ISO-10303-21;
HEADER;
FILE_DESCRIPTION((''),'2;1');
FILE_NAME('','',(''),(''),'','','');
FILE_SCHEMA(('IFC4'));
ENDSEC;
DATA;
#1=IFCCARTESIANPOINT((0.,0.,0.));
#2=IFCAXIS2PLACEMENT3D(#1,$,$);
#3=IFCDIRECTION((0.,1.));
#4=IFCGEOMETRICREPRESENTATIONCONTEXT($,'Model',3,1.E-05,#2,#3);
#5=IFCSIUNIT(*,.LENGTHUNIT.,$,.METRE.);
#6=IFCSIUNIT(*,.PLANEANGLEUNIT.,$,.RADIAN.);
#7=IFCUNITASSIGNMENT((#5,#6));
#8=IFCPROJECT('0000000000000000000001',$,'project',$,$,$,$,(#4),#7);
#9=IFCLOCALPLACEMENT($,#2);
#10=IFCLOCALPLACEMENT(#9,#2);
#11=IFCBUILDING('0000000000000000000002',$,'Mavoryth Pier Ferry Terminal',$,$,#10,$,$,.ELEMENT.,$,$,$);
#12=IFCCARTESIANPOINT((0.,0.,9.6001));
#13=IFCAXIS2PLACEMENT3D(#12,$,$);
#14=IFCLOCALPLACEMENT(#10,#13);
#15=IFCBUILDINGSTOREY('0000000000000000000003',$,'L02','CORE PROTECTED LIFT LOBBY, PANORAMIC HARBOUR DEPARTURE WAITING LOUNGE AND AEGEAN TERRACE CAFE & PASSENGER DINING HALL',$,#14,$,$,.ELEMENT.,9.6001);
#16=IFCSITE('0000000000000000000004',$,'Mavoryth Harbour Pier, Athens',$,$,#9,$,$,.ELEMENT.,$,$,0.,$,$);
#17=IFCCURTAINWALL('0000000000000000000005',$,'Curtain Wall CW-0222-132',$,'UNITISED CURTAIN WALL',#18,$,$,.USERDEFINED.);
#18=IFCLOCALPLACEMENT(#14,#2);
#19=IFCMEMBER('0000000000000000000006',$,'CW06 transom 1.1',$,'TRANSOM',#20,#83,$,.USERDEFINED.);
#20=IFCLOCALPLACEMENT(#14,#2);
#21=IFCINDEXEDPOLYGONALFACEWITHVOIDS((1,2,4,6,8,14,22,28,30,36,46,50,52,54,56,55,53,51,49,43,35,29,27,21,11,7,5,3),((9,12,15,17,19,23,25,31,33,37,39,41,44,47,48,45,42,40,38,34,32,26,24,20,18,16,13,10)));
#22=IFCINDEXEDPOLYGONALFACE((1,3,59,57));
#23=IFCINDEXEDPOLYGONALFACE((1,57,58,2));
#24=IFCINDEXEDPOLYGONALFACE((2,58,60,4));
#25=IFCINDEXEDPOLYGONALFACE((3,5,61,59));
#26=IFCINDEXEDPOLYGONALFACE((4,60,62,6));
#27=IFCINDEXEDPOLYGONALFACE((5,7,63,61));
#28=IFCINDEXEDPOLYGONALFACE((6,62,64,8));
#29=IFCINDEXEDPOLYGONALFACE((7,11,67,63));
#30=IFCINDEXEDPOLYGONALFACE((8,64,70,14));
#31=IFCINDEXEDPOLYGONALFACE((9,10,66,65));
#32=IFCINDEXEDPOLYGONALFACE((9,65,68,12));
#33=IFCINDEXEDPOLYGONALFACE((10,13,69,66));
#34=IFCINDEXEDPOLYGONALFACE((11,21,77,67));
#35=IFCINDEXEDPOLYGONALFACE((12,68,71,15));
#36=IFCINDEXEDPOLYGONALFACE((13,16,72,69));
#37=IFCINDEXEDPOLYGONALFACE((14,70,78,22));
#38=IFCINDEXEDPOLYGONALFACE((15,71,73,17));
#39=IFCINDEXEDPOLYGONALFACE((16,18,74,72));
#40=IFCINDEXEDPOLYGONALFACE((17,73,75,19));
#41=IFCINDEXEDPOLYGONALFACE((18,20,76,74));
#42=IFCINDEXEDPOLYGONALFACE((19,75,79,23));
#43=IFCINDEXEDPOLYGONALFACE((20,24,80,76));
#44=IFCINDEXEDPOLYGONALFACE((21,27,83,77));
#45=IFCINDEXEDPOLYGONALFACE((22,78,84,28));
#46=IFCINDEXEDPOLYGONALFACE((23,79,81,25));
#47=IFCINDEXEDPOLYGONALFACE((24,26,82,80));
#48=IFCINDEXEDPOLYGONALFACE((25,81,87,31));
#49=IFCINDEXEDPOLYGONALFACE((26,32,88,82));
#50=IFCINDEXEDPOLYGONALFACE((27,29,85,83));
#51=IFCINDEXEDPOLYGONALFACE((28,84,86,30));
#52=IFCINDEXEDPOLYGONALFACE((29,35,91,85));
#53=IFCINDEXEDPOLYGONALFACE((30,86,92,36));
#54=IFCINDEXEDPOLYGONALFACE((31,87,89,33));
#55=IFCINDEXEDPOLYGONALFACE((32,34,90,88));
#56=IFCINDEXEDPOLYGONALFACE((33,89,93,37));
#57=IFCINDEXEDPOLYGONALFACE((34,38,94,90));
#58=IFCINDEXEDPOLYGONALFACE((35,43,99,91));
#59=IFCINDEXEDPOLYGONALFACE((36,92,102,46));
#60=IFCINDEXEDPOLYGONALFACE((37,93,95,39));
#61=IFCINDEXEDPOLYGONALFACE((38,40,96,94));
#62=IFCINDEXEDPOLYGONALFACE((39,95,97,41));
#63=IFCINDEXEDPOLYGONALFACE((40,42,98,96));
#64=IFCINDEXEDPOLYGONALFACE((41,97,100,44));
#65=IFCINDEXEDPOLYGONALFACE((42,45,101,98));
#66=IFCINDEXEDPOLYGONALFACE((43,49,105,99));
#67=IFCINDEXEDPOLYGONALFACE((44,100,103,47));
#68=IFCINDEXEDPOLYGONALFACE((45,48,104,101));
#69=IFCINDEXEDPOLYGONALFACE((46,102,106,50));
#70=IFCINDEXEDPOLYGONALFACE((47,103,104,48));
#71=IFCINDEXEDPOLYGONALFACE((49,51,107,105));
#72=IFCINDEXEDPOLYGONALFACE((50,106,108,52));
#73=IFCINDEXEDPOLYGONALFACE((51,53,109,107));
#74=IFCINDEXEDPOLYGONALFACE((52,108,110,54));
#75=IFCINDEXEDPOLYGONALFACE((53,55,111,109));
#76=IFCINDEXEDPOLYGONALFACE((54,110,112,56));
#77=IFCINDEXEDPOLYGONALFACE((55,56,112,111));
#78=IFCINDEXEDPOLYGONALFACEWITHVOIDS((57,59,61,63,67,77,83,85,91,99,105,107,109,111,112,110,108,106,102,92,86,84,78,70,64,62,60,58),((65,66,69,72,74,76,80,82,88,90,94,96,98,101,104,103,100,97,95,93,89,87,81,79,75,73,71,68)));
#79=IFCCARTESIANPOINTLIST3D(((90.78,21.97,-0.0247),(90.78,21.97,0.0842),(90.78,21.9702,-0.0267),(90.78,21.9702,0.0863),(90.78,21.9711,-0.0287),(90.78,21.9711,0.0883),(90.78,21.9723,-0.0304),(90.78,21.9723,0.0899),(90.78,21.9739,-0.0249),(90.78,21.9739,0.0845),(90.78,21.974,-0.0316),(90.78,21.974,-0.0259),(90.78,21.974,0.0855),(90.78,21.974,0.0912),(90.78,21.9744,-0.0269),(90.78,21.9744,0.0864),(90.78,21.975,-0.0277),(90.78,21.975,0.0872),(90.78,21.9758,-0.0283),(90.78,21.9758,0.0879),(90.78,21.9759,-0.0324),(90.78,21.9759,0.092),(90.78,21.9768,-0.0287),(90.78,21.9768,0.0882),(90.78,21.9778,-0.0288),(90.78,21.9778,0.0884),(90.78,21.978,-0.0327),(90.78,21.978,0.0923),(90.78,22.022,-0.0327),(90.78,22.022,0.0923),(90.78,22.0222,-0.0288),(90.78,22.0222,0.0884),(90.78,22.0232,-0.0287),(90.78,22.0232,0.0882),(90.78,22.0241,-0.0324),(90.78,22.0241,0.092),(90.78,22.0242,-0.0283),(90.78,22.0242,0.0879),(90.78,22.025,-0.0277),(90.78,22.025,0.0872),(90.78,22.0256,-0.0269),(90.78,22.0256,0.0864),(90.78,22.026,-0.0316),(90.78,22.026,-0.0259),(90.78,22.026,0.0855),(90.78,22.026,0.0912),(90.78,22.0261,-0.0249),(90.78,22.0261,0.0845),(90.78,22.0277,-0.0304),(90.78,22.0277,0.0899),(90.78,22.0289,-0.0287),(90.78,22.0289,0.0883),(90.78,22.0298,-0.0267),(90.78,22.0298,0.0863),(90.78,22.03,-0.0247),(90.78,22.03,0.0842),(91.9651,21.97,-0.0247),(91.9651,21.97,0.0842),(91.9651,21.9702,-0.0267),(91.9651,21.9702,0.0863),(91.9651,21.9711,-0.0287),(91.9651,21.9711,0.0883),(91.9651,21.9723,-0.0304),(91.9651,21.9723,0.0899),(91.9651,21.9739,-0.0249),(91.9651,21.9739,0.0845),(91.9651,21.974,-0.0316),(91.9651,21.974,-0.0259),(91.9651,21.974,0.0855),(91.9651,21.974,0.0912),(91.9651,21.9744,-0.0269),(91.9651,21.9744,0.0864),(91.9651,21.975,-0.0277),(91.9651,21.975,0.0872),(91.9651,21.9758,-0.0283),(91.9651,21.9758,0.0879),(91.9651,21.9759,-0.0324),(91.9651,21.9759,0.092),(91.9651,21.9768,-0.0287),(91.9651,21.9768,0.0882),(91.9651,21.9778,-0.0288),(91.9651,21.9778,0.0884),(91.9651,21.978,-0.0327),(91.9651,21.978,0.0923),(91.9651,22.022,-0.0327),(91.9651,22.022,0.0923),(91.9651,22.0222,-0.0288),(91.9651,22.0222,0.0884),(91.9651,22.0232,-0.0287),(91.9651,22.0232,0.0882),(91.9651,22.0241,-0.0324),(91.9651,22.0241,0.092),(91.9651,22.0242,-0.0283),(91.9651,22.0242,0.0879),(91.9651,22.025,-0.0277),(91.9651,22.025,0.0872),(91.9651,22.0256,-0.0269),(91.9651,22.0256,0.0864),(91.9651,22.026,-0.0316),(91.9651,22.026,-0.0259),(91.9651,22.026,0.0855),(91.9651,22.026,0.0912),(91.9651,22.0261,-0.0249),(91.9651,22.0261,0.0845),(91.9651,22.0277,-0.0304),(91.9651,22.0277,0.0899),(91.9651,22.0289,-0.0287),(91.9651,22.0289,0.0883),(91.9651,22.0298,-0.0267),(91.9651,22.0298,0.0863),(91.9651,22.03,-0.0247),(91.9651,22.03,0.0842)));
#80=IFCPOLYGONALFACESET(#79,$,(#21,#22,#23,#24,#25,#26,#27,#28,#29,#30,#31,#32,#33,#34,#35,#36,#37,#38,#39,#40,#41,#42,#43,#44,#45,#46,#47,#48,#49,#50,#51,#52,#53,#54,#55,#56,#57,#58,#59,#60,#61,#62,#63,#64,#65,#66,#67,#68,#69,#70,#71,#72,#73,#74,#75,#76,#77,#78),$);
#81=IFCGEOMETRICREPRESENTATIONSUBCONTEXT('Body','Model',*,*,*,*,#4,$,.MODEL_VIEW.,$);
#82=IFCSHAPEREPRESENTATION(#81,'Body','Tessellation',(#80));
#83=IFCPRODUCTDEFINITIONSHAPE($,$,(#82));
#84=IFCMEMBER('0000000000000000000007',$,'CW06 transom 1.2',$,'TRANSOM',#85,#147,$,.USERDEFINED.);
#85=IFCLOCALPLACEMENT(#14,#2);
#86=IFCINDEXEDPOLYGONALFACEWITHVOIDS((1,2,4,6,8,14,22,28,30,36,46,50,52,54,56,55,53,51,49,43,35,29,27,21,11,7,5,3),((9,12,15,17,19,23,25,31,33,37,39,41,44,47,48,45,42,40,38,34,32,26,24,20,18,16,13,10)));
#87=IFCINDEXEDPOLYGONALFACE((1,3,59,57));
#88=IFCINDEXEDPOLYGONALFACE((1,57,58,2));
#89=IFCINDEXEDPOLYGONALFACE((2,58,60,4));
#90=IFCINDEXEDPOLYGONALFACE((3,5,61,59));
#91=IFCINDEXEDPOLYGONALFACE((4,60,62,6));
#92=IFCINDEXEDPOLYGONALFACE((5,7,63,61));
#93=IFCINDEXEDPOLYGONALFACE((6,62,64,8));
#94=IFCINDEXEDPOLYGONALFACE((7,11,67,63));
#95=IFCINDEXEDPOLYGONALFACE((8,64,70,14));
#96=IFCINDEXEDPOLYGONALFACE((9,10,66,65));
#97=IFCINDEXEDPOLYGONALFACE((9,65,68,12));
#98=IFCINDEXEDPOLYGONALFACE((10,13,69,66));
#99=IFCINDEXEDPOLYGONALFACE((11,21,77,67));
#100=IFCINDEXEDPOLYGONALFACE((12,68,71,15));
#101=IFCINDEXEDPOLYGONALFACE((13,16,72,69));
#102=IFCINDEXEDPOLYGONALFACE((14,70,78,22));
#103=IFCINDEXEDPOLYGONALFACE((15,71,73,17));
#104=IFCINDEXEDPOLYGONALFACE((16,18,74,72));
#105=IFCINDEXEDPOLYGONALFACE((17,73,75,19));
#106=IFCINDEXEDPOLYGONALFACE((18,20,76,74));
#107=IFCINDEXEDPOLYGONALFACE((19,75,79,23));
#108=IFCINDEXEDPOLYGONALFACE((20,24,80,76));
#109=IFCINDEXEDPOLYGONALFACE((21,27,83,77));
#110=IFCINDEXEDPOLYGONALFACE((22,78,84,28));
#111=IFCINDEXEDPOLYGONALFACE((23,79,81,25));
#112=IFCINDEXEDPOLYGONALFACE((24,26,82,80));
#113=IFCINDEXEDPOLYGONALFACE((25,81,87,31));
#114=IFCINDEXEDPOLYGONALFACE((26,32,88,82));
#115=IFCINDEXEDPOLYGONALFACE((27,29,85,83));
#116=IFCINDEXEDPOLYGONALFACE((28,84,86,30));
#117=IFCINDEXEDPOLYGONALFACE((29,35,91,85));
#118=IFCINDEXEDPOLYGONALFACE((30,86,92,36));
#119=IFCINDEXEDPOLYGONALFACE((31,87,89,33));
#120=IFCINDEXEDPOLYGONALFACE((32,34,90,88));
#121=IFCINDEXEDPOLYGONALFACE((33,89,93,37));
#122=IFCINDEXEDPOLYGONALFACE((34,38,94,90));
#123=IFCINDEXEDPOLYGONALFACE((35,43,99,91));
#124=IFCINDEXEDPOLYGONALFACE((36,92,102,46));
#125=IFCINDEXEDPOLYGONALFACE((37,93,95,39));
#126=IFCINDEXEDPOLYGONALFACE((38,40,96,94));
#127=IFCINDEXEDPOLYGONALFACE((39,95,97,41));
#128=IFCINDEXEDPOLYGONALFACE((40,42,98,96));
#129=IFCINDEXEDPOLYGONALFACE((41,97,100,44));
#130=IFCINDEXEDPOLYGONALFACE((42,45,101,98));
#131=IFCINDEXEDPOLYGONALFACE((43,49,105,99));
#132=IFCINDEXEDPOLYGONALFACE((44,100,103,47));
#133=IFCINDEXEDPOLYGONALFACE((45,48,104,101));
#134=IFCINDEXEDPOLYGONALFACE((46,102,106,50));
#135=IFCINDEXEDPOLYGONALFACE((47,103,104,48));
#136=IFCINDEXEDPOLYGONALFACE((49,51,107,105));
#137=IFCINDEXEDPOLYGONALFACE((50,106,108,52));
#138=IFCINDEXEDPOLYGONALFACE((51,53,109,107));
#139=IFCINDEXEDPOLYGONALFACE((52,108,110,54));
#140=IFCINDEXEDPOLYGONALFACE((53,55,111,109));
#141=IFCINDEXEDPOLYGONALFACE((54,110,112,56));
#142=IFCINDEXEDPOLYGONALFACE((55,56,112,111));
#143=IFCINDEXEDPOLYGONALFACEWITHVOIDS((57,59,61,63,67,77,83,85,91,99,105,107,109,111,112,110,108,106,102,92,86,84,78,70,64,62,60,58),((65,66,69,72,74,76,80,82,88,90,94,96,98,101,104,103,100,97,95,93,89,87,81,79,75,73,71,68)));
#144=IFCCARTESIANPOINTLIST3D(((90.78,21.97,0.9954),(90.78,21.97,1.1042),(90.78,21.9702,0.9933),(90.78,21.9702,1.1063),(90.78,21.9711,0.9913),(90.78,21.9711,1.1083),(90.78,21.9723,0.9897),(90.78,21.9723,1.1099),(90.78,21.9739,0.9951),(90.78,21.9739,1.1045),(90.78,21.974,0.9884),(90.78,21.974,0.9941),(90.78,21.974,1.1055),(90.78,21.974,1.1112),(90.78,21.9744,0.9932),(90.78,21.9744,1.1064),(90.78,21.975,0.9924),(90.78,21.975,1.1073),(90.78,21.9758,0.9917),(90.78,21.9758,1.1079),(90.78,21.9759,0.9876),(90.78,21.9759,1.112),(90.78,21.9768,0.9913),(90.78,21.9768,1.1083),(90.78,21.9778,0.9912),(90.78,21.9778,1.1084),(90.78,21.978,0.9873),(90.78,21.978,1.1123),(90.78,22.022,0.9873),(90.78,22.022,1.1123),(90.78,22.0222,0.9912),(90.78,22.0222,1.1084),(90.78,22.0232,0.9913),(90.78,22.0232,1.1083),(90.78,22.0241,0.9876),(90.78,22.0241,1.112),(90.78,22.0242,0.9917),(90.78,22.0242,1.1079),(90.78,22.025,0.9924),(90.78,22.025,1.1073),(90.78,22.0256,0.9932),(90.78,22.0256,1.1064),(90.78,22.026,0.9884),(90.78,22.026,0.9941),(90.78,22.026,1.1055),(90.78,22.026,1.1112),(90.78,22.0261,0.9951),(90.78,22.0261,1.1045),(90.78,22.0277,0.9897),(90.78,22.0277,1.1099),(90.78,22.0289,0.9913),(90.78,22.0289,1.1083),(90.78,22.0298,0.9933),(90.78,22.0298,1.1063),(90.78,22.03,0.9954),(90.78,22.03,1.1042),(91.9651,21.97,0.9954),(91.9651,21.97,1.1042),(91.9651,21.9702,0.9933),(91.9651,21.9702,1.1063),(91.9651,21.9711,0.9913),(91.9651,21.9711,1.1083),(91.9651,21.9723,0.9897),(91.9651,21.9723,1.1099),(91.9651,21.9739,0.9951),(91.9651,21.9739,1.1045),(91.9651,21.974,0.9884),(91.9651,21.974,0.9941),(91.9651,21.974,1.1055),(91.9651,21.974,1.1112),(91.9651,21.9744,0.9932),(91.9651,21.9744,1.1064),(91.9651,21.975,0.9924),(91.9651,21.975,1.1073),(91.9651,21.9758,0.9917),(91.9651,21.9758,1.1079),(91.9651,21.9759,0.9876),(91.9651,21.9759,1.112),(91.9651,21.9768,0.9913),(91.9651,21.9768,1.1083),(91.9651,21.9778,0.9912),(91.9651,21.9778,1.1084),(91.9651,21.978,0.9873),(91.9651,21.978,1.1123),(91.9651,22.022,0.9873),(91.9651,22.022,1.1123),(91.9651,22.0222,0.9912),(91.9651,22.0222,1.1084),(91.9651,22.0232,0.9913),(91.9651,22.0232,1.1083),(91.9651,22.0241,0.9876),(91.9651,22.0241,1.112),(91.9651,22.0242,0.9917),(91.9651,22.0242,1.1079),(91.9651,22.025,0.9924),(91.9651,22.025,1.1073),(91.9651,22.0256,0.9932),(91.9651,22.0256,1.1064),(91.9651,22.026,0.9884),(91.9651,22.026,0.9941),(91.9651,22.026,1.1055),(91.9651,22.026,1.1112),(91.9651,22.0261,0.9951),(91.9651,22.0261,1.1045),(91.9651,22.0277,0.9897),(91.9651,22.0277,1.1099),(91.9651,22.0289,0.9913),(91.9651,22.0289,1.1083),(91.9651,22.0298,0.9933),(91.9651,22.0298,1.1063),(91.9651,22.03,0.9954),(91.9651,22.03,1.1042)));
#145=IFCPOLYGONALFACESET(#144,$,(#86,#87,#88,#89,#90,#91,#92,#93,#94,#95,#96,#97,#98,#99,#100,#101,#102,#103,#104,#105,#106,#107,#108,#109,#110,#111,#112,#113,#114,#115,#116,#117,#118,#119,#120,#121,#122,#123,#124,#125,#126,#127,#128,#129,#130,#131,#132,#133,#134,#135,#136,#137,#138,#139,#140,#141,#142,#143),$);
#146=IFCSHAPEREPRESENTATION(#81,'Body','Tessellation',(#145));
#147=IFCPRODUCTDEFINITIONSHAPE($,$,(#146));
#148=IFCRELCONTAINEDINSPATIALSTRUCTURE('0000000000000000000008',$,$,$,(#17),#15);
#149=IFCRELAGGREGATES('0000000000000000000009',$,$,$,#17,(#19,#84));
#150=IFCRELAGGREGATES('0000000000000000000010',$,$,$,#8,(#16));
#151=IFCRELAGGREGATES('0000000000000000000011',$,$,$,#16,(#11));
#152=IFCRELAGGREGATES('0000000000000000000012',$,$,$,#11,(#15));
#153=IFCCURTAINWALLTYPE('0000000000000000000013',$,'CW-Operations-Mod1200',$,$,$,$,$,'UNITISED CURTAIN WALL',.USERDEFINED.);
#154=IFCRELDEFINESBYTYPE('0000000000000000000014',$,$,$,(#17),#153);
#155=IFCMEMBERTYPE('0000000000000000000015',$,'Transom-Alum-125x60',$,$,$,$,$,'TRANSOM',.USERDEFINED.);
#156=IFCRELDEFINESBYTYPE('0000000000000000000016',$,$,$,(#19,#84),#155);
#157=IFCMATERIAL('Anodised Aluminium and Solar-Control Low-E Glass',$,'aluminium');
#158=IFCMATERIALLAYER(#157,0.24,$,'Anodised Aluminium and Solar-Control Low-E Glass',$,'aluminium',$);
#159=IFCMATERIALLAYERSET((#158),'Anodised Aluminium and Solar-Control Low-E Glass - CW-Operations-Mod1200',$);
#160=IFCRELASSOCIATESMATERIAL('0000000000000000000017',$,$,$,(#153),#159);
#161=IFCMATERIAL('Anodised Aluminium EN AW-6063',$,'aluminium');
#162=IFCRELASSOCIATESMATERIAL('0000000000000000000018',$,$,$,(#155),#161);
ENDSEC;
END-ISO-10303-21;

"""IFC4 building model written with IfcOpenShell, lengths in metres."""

from ifc_helpers import new_model, si_unit, direction, frame, origin, origin_2d, place, context, subcontext, project, spatial, hollow_rectangle, extrude, material, layer, layer_set, material_profile, profile_set, type_object, element, aggregate, save


model = new_model("IFC4")

# Units and contexts
model_context = context("Model", 3, precision=1e-05, world=origin(), true_north=direction((0.0, 1.0)))
body_context = subcontext(model_context, "Body", "Model", "MODEL_VIEW")
ifc_project = project(units=[si_unit("LENGTHUNIT", "METRE"), si_unit("PLANEANGLEUNIT", "RADIAN")], contexts=[model_context])

# Site, building, storey
site_placement = place(None, origin())
site = spatial("IfcSite", under=ifc_project, at=site_placement, Name="Mavoryth Harbour Pier, Athens", CompositionType="ELEMENT", RefElevation=0.0)
building_placement = place(site_placement, origin())
building = spatial("IfcBuilding", under=site, at=building_placement, Name="Mavoryth Pier Ferry Terminal", CompositionType="ELEMENT")
storey_placement = place(building_placement, frame((0.0, 0.0, 9.6001)))
storey = spatial("IfcBuildingStorey", under=building, at=storey_placement, Name="L02", Description="CORE PROTECTED LIFT LOBBY, PANORAMIC HARBOUR DEPARTURE WAITING LOUNGE AND AEGEAN TERRACE CAFE & PASSENGER DINING HALL", CompositionType="ELEMENT", Elevation=9.6001)

# Curtain wall
ifc_material_1 = material(Name="Anodised Aluminium and Solar-Control Low-E Glass", Category="aluminium")
ifc_layer_1 = layer(ifc_material_1, 0.24, Name="Anodised Aluminium and Solar-Control Low-E Glass", Category="aluminium")
ifc_layer_set_1 = layer_set([ifc_layer_1], Name="Anodised Aluminium and Solar-Control Low-E Glass - CW-Operations-Mod1200")
curtain_wall_type = type_object("IfcCurtainWallType", Name="CW-Operations-Mod1200", ElementType="UNITISED CURTAIN WALL", PredefinedType="USERDEFINED", material=ifc_layer_set_1)
curtain_wall_placement = place(storey_placement, origin())
curtain_wall = element("IfcCurtainWall", 1, at=curtain_wall_placement, inside=storey, type_object=curtain_wall_type, Name="Curtain Wall CW-0222-132", ObjectType="UNITISED CURTAIN WALL", PredefinedType="USERDEFINED")
ifc_material_2 = material(Name="Anodised Aluminium EN AW-6063", Category="aluminium")

# Members
ifc_material_profile_1 = material_profile(ifc_material_2, hollow_rectangle(XDim=0.0601, YDim=0.125, WallThickness=0.0039, InnerFilletRadius=0.0039, OuterFilletRadius=0.0081, at=origin_2d()), Name="AL-TRAN 125x60x4", Category="aluminium")
ifc_profile_set_1 = profile_set([ifc_material_profile_1], Name="Anodised Aluminium EN AW-6063 - AL-TRAN 125x60x4")
member_type_1 = type_object("IfcMemberType", Name="Transom-Alum-125x60", ElementType="TRANSOM", PredefinedType="USERDEFINED", material=ifc_profile_set_1)
member_1_placement = place(storey_placement, frame((91.9651, 22.0, 0.0298), z_axis=(-1.0, 0.0, 0.0), x_axis=(0.0, -1.0, 0.0)))
member_1 = element("IfcMember", 2, at=member_1_placement, type_object=member_type_1, Name="CW06 transom 1.1", ObjectType="TRANSOM", PredefinedType="USERDEFINED", context=body_context, shape_type="SweptSolid", body=[
    extrude(hollow_rectangle(XDim=0.0601, YDim=0.125, WallThickness=0.0039, InnerFilletRadius=0.0039, OuterFilletRadius=0.0081, at=origin_2d()), origin(), (0.0, 0.0, 1.0), 1.1851),
])
member_2_placement = place(storey_placement, frame((91.9651, 22.0, 1.0498), z_axis=(-1.0, 0.0, 0.0), x_axis=(0.0, -1.0, 0.0)))
member_2 = element("IfcMember", 3, at=member_2_placement, type_object=member_type_1, Name="CW06 transom 1.2", ObjectType="TRANSOM", PredefinedType="USERDEFINED", context=body_context, shape_type="SweptSolid", body=[
    extrude(hollow_rectangle(XDim=0.0601, YDim=0.125, WallThickness=0.0039, InnerFilletRadius=0.0039, OuterFilletRadius=0.0081, at=origin_2d()), origin(), (0.0, 0.0, 1.0), 1.1851),
])

aggregate(curtain_wall, [member_1, member_2])

save(model, "model.ifc")
